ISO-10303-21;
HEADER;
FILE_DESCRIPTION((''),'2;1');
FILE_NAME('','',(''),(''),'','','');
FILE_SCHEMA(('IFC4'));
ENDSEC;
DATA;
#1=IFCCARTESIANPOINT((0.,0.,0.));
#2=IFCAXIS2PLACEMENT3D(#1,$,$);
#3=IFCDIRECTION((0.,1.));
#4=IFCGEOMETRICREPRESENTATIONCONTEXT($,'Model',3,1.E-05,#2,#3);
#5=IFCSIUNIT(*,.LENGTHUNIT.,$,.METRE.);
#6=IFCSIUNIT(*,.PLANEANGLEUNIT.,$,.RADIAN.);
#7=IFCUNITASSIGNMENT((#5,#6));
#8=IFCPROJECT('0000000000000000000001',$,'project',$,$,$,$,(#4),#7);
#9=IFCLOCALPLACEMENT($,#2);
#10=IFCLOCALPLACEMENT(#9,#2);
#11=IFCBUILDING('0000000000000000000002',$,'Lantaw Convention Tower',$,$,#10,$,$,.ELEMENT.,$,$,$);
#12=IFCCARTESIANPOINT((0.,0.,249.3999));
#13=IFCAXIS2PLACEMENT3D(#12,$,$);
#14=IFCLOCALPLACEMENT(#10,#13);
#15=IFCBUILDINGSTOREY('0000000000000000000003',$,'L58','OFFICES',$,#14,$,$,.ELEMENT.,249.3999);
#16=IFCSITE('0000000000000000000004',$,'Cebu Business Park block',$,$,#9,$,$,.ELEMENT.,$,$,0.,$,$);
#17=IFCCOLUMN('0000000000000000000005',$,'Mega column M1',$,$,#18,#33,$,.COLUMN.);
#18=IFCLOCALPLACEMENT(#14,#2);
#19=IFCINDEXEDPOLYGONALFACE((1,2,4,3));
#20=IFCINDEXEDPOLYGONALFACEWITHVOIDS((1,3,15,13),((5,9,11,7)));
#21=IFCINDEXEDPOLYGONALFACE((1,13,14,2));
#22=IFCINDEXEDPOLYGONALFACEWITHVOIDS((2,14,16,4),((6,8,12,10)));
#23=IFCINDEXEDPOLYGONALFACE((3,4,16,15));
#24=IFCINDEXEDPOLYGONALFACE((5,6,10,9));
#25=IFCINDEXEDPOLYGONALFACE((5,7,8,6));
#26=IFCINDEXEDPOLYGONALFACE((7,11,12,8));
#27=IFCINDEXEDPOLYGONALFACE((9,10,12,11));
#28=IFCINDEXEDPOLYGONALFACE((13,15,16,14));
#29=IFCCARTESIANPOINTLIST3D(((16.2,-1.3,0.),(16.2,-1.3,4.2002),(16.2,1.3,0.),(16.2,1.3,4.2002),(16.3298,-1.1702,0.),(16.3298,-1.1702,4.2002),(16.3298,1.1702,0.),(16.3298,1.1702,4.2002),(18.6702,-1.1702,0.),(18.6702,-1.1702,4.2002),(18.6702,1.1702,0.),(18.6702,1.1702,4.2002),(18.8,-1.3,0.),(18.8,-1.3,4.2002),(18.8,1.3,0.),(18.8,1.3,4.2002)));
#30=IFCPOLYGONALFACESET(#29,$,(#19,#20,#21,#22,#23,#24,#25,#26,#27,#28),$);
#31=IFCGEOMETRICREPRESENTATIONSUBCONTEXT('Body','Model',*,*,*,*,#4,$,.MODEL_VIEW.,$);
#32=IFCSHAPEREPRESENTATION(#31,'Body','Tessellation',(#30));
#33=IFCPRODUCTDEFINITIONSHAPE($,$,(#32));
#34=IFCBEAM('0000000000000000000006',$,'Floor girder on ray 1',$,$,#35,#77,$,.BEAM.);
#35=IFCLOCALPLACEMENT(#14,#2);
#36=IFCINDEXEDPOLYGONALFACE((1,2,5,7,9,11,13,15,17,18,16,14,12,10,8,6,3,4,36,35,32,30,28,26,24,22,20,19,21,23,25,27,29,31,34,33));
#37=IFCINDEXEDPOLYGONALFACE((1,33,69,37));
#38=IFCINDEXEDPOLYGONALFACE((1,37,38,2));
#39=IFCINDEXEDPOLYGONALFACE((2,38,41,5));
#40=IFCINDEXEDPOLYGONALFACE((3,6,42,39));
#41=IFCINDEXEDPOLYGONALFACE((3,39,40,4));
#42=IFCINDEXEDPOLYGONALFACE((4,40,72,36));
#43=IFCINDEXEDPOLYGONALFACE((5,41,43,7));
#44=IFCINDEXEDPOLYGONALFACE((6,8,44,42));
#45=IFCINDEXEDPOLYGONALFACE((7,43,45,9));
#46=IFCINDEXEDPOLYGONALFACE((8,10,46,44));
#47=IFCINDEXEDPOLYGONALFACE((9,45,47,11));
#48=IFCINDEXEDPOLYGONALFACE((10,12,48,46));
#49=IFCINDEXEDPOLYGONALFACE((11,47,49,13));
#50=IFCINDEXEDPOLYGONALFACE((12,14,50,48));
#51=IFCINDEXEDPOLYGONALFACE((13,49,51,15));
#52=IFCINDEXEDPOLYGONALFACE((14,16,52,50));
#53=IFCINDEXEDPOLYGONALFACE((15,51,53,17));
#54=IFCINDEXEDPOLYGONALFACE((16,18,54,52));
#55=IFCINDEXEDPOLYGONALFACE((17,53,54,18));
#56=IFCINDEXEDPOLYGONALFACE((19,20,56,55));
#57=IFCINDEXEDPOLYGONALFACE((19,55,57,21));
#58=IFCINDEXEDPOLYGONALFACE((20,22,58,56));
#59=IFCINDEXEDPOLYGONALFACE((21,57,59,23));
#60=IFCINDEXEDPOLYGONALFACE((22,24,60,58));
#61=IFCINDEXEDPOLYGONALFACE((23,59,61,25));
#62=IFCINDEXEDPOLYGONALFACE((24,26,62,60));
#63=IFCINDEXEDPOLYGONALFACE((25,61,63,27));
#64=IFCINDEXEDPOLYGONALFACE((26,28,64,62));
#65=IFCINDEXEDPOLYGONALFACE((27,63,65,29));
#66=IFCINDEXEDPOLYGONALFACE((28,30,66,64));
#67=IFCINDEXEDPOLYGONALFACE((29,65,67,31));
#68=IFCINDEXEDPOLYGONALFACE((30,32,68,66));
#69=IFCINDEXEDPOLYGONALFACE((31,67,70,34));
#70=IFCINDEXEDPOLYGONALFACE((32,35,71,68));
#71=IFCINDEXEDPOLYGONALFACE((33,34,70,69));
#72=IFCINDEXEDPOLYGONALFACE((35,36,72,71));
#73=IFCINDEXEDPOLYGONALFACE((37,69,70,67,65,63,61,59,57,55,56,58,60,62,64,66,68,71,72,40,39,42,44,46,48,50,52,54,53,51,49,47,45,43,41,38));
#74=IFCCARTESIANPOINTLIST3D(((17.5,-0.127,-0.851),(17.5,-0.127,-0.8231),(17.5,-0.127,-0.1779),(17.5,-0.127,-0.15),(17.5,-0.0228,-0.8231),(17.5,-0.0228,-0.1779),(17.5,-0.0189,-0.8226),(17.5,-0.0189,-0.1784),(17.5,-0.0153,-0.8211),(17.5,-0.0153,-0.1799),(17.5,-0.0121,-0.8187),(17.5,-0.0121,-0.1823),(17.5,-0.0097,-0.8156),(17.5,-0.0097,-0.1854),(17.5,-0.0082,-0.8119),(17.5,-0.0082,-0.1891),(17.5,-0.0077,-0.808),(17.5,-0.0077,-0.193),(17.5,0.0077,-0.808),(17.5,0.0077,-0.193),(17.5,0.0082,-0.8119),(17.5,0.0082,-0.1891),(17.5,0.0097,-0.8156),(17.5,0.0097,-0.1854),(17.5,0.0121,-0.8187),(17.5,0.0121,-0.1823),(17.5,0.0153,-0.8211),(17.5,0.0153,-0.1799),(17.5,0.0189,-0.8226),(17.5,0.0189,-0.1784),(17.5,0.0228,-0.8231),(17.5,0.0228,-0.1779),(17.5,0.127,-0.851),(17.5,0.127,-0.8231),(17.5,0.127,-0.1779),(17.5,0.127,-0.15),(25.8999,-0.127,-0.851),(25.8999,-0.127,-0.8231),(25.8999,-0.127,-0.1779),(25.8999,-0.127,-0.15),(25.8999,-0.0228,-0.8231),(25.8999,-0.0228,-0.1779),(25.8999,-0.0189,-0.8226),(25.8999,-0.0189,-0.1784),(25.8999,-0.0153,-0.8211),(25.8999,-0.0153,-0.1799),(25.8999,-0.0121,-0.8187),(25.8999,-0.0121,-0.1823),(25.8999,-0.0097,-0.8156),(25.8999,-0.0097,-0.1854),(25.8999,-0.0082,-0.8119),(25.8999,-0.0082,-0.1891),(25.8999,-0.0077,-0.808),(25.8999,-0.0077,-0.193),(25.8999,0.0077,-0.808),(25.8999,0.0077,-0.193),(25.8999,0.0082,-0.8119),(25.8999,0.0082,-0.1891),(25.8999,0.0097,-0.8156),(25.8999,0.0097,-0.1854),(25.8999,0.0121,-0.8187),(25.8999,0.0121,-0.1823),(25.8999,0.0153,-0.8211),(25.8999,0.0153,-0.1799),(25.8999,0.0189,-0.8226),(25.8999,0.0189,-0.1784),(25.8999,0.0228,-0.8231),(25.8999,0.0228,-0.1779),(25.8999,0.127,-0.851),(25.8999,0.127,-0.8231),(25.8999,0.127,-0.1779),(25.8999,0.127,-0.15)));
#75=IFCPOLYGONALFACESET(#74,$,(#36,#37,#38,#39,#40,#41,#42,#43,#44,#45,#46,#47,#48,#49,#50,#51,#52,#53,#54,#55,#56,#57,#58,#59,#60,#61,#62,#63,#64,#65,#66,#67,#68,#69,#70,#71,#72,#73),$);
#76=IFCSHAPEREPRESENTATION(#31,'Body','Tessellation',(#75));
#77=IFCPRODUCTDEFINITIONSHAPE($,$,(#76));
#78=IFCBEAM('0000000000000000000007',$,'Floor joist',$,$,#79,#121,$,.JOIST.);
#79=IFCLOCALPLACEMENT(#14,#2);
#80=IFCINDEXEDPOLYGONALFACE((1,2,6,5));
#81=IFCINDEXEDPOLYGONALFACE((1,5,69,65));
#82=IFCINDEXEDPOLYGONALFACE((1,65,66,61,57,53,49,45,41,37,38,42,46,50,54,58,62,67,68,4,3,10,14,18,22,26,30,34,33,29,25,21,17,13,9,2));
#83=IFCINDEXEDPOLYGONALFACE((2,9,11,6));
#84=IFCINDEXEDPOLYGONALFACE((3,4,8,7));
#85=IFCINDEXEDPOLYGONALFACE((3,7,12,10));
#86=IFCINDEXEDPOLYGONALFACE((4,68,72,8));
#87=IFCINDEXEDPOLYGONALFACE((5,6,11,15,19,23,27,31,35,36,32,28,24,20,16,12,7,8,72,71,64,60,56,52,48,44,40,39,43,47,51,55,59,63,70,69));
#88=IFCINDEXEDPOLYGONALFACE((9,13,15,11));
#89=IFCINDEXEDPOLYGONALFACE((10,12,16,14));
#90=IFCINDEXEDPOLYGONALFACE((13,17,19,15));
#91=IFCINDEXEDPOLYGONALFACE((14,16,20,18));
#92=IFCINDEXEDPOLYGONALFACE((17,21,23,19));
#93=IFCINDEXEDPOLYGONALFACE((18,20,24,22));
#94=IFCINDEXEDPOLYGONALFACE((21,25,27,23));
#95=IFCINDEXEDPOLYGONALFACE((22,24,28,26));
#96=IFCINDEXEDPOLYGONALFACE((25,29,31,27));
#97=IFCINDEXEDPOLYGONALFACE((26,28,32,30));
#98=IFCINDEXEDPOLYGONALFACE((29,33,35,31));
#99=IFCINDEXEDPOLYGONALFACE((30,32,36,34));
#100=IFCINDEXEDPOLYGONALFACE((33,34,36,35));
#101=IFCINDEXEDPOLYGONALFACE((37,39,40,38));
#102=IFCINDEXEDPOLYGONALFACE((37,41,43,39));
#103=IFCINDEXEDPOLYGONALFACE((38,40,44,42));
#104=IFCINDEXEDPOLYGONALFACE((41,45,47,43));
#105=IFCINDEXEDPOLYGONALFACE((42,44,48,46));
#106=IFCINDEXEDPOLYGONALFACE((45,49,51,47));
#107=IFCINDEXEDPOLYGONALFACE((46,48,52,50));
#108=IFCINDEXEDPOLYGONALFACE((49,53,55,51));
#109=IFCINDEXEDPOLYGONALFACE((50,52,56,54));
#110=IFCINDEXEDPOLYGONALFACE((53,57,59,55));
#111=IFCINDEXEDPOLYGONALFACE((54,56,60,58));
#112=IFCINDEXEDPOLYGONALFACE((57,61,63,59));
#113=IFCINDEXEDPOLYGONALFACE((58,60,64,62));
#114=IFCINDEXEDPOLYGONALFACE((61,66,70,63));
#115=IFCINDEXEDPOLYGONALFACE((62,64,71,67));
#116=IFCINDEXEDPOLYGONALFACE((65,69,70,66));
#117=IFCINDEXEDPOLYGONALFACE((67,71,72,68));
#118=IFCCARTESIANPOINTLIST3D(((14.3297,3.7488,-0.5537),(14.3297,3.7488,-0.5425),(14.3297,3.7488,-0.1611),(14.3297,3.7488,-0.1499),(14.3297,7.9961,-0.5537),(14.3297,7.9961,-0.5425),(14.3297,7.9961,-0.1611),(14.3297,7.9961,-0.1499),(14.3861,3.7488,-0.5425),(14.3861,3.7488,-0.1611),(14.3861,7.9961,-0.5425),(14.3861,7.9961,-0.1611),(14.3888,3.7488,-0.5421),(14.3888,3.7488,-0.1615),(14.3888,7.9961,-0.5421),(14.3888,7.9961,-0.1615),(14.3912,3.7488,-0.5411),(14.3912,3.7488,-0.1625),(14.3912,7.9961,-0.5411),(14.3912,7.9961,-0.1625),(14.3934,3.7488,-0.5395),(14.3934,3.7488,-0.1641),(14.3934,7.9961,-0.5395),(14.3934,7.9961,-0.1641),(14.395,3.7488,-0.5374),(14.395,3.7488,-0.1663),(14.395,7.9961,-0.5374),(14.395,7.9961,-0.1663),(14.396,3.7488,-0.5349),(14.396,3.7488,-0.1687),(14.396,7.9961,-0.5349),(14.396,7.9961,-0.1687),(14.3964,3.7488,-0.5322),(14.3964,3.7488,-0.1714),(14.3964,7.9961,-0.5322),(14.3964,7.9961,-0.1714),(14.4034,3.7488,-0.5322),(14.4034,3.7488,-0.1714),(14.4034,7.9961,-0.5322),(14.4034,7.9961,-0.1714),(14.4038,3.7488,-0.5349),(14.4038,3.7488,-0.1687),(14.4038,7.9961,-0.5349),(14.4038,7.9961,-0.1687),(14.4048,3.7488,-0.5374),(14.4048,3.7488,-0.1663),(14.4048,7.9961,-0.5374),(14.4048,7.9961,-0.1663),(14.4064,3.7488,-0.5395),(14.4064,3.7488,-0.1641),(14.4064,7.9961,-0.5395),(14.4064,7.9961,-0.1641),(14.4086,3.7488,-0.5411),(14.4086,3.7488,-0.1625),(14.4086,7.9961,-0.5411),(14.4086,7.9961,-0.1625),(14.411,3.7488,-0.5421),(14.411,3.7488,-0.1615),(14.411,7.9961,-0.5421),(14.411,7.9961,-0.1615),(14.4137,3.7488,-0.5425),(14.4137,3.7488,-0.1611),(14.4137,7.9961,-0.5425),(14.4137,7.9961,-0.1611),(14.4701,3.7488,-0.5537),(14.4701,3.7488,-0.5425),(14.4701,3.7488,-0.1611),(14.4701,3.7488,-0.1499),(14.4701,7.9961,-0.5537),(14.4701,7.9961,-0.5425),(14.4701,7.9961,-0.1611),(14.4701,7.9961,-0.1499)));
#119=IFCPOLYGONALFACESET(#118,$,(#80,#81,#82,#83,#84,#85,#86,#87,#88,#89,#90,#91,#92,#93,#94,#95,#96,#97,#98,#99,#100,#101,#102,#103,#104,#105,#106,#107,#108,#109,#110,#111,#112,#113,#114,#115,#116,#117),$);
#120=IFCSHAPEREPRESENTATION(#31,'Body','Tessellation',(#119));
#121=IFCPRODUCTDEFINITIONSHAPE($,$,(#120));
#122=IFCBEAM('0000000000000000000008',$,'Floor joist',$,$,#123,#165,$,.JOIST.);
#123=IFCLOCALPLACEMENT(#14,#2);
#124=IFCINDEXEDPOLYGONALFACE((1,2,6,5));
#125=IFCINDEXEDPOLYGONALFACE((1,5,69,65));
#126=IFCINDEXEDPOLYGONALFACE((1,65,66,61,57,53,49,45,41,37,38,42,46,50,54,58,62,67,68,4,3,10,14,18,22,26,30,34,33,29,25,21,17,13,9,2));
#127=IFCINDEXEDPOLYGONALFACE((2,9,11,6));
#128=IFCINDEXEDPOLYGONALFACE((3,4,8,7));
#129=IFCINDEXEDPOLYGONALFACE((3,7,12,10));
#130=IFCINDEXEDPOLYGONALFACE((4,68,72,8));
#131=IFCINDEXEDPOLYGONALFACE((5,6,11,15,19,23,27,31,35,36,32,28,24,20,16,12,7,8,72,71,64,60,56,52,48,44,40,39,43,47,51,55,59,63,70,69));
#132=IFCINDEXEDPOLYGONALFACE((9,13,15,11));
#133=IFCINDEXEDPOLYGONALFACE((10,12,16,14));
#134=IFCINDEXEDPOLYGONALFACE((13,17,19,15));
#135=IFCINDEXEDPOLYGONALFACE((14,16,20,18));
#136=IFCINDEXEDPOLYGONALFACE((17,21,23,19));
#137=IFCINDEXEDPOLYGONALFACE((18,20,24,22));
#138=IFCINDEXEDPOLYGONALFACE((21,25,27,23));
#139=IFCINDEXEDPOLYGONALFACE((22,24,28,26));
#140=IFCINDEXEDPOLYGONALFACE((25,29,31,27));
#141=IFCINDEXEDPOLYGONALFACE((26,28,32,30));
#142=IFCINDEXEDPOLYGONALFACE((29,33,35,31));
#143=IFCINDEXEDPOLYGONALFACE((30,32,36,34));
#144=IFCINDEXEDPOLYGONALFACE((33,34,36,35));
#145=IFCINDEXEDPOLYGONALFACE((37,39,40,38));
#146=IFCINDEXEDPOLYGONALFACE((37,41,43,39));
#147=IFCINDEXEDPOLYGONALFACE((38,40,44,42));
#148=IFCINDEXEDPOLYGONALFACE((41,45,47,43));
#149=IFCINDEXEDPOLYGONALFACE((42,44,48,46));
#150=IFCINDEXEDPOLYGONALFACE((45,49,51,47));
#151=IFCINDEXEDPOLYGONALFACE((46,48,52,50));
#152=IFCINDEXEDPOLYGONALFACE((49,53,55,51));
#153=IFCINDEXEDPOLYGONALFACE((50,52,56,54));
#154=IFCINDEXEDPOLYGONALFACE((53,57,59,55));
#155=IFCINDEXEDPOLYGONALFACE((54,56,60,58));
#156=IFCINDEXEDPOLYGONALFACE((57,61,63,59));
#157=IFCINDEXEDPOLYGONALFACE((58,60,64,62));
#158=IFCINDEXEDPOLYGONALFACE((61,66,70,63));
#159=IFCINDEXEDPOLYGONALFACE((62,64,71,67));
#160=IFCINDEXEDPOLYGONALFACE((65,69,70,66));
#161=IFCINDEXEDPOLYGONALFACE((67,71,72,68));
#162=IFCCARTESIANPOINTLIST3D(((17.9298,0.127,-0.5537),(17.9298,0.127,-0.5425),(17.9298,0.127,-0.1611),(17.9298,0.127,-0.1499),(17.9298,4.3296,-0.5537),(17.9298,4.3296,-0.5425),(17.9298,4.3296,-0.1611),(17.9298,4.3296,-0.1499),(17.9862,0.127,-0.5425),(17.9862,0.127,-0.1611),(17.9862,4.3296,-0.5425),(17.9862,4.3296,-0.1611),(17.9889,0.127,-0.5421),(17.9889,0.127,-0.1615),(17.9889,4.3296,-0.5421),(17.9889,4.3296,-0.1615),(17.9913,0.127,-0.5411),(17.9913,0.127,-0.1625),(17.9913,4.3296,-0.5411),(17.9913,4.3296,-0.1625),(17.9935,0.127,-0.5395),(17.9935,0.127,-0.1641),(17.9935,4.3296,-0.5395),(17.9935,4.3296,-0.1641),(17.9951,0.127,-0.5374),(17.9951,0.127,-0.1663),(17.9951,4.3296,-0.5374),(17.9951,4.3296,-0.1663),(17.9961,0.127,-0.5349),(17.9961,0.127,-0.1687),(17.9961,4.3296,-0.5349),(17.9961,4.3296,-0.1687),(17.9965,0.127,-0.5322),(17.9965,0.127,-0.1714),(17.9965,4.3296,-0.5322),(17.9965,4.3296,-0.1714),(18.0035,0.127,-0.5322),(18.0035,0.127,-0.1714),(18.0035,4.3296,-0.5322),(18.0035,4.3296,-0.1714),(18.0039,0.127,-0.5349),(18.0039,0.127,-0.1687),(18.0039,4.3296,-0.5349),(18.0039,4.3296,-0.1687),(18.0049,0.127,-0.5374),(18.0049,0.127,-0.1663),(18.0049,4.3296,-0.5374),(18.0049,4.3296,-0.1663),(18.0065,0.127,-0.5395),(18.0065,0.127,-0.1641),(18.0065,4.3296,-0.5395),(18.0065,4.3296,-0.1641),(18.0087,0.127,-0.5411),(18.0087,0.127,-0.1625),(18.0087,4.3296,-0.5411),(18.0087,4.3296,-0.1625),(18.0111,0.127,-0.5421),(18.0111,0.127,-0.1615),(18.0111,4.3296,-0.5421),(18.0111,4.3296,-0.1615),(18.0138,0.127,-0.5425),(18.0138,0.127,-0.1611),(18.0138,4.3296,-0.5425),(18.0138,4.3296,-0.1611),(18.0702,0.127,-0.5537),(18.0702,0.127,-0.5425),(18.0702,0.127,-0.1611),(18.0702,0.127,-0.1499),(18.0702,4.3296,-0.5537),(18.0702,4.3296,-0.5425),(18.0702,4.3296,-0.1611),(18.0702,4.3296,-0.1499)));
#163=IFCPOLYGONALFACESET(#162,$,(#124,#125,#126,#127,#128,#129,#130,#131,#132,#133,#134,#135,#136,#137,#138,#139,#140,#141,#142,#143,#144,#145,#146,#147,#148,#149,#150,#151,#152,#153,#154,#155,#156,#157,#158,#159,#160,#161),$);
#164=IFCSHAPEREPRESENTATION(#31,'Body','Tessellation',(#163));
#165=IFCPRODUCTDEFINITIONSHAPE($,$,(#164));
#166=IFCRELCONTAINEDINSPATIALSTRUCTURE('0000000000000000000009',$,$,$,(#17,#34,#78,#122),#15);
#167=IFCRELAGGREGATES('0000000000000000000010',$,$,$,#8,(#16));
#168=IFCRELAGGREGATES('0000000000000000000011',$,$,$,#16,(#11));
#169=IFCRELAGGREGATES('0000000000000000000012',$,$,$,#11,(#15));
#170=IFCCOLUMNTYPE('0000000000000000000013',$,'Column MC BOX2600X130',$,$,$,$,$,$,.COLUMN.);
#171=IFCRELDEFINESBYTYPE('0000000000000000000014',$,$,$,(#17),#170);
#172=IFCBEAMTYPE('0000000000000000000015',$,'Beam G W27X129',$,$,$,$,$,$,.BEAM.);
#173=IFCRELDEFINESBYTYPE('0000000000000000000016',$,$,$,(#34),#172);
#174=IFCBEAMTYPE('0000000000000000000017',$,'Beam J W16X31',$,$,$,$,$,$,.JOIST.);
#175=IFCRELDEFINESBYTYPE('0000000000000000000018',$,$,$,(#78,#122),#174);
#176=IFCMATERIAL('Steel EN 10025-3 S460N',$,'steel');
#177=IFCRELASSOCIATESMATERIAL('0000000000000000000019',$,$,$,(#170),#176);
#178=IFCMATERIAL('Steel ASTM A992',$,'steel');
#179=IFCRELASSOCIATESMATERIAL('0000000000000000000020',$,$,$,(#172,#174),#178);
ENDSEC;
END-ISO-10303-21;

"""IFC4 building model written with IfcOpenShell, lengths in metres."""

from ifc_helpers import new_model, si_unit, direction, frame, origin, origin_2d, place, context, subcontext, project, spatial, rectangle, hollow_rectangle, i_section, extrude, material, material_profile, profile_set, type_object, element, save


model = new_model("IFC4")

# Units and contexts
model_context = context("Model", 3, precision=1e-05, world=origin(), true_north=direction((0.0, 1.0)))
body_context = subcontext(model_context, "Body", "Model", "MODEL_VIEW")
ifc_project = project(units=[si_unit("LENGTHUNIT", "METRE"), si_unit("PLANEANGLEUNIT", "RADIAN")], contexts=[model_context])

# Site, building, storey
site_placement = place(None, origin())
site = spatial("IfcSite", under=ifc_project, at=site_placement, Name="Cebu Business Park block", CompositionType="ELEMENT", RefElevation=0.0)
building_placement = place(site_placement, origin())
building = spatial("IfcBuilding", under=site, at=building_placement, Name="Lantaw Convention Tower", CompositionType="ELEMENT")
storey_placement = place(building_placement, frame((0.0, 0.0, 249.3999)))
storey = spatial("IfcBuildingStorey", under=building, at=storey_placement, Name="L58", Description="OFFICES", CompositionType="ELEMENT", Elevation=249.3999)

# Column
ifc_material_1 = material(Name="Steel EN 10025-3 S460N", Category="steel")
ifc_material_profile_1 = material_profile(ifc_material_1, hollow_rectangle(XDim=2.6001, YDim=2.6001, WallThickness=0.1299, at=origin_2d()), Name="BOX2600X130")
ifc_material_2 = material(Name="Concrete C60/75", Category="concrete")
ifc_material_profile_2 = material_profile(ifc_material_2, rectangle(XDim=2.3401, YDim=2.3401, at=origin_2d()), Name="Concrete fill of BOX2600X130")
ifc_profile_set_1 = profile_set([ifc_material_profile_1, ifc_material_profile_2], Name="Steel EN 10025-3 S460N")
column_type = type_object("IfcColumnType", Name="Column MC BOX2600X130", PredefinedType="COLUMN", material=ifc_profile_set_1)
column_placement = place(storey_placement, frame((17.5, 0.0, 0.0), z_axis=(0.0, 0.0, 1.0), x_axis=(1.0, 0.0, 0.0)))
element("IfcColumn", 1, at=column_placement, inside=storey, type_object=column_type, Name="Mega column M1", PredefinedType="COLUMN", context=body_context, shape_type="SweptSolid", body=[
    extrude(hollow_rectangle(XDim=2.6001, YDim=2.6001, WallThickness=0.1299, at=origin_2d()), origin(), (0.0, 0.0, 1.0), 4.2002),
])

# Beams
ifc_material_3 = material(Name="Steel ASTM A992", Category="steel")
ifc_material_profile_3 = material_profile(ifc_material_3, i_section(OverallWidth=0.2539, OverallDepth=0.7009, WebThickness=0.0154, FlangeThickness=0.0278, FilletRadius=0.0151, at=origin_2d()), Name="W27X129")
ifc_profile_set_2 = profile_set([ifc_material_profile_3], Name="Steel ASTM A992")
beam_type_1 = type_object("IfcBeamType", Name="Beam G W27X129", PredefinedType="BEAM", material=ifc_profile_set_2)
beam_1_placement = place(storey_placement, frame((17.5, 0.0, -0.5005), z_axis=(1.0, 0.0, 0.0), x_axis=(0.0, 1.0, 0.0)))
element("IfcBeam", 2, at=beam_1_placement, inside=storey, type_object=beam_type_1, Name="Floor girder on ray 1", PredefinedType="BEAM", context=body_context, shape_type="SweptSolid", body=[
    extrude(i_section(OverallWidth=0.2539, OverallDepth=0.7009, WebThickness=0.0154, FlangeThickness=0.0278, FilletRadius=0.0151, at=origin_2d()), origin(), (0.0, 0.0, 1.0), 8.3999),
])
ifc_material_profile_4 = material_profile(ifc_material_3, i_section(OverallWidth=0.1404, OverallDepth=0.4038, WebThickness=0.0071, FlangeThickness=0.0112, FilletRadius=0.0103, at=origin_2d()), Name="W16X31")
ifc_profile_set_3 = profile_set([ifc_material_profile_4], Name="Steel ASTM A992")
beam_type_2 = type_object("IfcBeamType", Name="Beam J W16X31", PredefinedType="JOIST", material=ifc_profile_set_3)
beam_2_placement = place(storey_placement, frame((14.3999, 3.7488, -0.3518), z_axis=(0.0, 1.0, 0.0), x_axis=(-1.0, 0.0, 0.0)))
element("IfcBeam", 3, at=beam_2_placement, inside=storey, type_object=beam_type_2, Name="Floor joist", PredefinedType="JOIST", context=body_context, shape_type="SweptSolid", body=[
    extrude(i_section(OverallWidth=0.1404, OverallDepth=0.4038, WebThickness=0.0071, FlangeThickness=0.0112, FilletRadius=0.0103, at=origin_2d()), origin(), (0.0, 0.0, 1.0), 4.2473),
])
beam_3_placement = place(storey_placement, frame((18.0, 0.127, -0.3518), z_axis=(0.0, 1.0, 0.0), x_axis=(-1.0, 0.0, 0.0)))
element("IfcBeam", 4, at=beam_3_placement, inside=storey, type_object=beam_type_2, Name="Floor joist", PredefinedType="JOIST", context=body_context, shape_type="SweptSolid", body=[
    extrude(i_section(OverallWidth=0.1404, OverallDepth=0.4038, WebThickness=0.0071, FlangeThickness=0.0112, FilletRadius=0.0103, at=origin_2d()), origin(), (0.0, 0.0, 1.0), 4.2026),
])

save(model, "model.ifc")
